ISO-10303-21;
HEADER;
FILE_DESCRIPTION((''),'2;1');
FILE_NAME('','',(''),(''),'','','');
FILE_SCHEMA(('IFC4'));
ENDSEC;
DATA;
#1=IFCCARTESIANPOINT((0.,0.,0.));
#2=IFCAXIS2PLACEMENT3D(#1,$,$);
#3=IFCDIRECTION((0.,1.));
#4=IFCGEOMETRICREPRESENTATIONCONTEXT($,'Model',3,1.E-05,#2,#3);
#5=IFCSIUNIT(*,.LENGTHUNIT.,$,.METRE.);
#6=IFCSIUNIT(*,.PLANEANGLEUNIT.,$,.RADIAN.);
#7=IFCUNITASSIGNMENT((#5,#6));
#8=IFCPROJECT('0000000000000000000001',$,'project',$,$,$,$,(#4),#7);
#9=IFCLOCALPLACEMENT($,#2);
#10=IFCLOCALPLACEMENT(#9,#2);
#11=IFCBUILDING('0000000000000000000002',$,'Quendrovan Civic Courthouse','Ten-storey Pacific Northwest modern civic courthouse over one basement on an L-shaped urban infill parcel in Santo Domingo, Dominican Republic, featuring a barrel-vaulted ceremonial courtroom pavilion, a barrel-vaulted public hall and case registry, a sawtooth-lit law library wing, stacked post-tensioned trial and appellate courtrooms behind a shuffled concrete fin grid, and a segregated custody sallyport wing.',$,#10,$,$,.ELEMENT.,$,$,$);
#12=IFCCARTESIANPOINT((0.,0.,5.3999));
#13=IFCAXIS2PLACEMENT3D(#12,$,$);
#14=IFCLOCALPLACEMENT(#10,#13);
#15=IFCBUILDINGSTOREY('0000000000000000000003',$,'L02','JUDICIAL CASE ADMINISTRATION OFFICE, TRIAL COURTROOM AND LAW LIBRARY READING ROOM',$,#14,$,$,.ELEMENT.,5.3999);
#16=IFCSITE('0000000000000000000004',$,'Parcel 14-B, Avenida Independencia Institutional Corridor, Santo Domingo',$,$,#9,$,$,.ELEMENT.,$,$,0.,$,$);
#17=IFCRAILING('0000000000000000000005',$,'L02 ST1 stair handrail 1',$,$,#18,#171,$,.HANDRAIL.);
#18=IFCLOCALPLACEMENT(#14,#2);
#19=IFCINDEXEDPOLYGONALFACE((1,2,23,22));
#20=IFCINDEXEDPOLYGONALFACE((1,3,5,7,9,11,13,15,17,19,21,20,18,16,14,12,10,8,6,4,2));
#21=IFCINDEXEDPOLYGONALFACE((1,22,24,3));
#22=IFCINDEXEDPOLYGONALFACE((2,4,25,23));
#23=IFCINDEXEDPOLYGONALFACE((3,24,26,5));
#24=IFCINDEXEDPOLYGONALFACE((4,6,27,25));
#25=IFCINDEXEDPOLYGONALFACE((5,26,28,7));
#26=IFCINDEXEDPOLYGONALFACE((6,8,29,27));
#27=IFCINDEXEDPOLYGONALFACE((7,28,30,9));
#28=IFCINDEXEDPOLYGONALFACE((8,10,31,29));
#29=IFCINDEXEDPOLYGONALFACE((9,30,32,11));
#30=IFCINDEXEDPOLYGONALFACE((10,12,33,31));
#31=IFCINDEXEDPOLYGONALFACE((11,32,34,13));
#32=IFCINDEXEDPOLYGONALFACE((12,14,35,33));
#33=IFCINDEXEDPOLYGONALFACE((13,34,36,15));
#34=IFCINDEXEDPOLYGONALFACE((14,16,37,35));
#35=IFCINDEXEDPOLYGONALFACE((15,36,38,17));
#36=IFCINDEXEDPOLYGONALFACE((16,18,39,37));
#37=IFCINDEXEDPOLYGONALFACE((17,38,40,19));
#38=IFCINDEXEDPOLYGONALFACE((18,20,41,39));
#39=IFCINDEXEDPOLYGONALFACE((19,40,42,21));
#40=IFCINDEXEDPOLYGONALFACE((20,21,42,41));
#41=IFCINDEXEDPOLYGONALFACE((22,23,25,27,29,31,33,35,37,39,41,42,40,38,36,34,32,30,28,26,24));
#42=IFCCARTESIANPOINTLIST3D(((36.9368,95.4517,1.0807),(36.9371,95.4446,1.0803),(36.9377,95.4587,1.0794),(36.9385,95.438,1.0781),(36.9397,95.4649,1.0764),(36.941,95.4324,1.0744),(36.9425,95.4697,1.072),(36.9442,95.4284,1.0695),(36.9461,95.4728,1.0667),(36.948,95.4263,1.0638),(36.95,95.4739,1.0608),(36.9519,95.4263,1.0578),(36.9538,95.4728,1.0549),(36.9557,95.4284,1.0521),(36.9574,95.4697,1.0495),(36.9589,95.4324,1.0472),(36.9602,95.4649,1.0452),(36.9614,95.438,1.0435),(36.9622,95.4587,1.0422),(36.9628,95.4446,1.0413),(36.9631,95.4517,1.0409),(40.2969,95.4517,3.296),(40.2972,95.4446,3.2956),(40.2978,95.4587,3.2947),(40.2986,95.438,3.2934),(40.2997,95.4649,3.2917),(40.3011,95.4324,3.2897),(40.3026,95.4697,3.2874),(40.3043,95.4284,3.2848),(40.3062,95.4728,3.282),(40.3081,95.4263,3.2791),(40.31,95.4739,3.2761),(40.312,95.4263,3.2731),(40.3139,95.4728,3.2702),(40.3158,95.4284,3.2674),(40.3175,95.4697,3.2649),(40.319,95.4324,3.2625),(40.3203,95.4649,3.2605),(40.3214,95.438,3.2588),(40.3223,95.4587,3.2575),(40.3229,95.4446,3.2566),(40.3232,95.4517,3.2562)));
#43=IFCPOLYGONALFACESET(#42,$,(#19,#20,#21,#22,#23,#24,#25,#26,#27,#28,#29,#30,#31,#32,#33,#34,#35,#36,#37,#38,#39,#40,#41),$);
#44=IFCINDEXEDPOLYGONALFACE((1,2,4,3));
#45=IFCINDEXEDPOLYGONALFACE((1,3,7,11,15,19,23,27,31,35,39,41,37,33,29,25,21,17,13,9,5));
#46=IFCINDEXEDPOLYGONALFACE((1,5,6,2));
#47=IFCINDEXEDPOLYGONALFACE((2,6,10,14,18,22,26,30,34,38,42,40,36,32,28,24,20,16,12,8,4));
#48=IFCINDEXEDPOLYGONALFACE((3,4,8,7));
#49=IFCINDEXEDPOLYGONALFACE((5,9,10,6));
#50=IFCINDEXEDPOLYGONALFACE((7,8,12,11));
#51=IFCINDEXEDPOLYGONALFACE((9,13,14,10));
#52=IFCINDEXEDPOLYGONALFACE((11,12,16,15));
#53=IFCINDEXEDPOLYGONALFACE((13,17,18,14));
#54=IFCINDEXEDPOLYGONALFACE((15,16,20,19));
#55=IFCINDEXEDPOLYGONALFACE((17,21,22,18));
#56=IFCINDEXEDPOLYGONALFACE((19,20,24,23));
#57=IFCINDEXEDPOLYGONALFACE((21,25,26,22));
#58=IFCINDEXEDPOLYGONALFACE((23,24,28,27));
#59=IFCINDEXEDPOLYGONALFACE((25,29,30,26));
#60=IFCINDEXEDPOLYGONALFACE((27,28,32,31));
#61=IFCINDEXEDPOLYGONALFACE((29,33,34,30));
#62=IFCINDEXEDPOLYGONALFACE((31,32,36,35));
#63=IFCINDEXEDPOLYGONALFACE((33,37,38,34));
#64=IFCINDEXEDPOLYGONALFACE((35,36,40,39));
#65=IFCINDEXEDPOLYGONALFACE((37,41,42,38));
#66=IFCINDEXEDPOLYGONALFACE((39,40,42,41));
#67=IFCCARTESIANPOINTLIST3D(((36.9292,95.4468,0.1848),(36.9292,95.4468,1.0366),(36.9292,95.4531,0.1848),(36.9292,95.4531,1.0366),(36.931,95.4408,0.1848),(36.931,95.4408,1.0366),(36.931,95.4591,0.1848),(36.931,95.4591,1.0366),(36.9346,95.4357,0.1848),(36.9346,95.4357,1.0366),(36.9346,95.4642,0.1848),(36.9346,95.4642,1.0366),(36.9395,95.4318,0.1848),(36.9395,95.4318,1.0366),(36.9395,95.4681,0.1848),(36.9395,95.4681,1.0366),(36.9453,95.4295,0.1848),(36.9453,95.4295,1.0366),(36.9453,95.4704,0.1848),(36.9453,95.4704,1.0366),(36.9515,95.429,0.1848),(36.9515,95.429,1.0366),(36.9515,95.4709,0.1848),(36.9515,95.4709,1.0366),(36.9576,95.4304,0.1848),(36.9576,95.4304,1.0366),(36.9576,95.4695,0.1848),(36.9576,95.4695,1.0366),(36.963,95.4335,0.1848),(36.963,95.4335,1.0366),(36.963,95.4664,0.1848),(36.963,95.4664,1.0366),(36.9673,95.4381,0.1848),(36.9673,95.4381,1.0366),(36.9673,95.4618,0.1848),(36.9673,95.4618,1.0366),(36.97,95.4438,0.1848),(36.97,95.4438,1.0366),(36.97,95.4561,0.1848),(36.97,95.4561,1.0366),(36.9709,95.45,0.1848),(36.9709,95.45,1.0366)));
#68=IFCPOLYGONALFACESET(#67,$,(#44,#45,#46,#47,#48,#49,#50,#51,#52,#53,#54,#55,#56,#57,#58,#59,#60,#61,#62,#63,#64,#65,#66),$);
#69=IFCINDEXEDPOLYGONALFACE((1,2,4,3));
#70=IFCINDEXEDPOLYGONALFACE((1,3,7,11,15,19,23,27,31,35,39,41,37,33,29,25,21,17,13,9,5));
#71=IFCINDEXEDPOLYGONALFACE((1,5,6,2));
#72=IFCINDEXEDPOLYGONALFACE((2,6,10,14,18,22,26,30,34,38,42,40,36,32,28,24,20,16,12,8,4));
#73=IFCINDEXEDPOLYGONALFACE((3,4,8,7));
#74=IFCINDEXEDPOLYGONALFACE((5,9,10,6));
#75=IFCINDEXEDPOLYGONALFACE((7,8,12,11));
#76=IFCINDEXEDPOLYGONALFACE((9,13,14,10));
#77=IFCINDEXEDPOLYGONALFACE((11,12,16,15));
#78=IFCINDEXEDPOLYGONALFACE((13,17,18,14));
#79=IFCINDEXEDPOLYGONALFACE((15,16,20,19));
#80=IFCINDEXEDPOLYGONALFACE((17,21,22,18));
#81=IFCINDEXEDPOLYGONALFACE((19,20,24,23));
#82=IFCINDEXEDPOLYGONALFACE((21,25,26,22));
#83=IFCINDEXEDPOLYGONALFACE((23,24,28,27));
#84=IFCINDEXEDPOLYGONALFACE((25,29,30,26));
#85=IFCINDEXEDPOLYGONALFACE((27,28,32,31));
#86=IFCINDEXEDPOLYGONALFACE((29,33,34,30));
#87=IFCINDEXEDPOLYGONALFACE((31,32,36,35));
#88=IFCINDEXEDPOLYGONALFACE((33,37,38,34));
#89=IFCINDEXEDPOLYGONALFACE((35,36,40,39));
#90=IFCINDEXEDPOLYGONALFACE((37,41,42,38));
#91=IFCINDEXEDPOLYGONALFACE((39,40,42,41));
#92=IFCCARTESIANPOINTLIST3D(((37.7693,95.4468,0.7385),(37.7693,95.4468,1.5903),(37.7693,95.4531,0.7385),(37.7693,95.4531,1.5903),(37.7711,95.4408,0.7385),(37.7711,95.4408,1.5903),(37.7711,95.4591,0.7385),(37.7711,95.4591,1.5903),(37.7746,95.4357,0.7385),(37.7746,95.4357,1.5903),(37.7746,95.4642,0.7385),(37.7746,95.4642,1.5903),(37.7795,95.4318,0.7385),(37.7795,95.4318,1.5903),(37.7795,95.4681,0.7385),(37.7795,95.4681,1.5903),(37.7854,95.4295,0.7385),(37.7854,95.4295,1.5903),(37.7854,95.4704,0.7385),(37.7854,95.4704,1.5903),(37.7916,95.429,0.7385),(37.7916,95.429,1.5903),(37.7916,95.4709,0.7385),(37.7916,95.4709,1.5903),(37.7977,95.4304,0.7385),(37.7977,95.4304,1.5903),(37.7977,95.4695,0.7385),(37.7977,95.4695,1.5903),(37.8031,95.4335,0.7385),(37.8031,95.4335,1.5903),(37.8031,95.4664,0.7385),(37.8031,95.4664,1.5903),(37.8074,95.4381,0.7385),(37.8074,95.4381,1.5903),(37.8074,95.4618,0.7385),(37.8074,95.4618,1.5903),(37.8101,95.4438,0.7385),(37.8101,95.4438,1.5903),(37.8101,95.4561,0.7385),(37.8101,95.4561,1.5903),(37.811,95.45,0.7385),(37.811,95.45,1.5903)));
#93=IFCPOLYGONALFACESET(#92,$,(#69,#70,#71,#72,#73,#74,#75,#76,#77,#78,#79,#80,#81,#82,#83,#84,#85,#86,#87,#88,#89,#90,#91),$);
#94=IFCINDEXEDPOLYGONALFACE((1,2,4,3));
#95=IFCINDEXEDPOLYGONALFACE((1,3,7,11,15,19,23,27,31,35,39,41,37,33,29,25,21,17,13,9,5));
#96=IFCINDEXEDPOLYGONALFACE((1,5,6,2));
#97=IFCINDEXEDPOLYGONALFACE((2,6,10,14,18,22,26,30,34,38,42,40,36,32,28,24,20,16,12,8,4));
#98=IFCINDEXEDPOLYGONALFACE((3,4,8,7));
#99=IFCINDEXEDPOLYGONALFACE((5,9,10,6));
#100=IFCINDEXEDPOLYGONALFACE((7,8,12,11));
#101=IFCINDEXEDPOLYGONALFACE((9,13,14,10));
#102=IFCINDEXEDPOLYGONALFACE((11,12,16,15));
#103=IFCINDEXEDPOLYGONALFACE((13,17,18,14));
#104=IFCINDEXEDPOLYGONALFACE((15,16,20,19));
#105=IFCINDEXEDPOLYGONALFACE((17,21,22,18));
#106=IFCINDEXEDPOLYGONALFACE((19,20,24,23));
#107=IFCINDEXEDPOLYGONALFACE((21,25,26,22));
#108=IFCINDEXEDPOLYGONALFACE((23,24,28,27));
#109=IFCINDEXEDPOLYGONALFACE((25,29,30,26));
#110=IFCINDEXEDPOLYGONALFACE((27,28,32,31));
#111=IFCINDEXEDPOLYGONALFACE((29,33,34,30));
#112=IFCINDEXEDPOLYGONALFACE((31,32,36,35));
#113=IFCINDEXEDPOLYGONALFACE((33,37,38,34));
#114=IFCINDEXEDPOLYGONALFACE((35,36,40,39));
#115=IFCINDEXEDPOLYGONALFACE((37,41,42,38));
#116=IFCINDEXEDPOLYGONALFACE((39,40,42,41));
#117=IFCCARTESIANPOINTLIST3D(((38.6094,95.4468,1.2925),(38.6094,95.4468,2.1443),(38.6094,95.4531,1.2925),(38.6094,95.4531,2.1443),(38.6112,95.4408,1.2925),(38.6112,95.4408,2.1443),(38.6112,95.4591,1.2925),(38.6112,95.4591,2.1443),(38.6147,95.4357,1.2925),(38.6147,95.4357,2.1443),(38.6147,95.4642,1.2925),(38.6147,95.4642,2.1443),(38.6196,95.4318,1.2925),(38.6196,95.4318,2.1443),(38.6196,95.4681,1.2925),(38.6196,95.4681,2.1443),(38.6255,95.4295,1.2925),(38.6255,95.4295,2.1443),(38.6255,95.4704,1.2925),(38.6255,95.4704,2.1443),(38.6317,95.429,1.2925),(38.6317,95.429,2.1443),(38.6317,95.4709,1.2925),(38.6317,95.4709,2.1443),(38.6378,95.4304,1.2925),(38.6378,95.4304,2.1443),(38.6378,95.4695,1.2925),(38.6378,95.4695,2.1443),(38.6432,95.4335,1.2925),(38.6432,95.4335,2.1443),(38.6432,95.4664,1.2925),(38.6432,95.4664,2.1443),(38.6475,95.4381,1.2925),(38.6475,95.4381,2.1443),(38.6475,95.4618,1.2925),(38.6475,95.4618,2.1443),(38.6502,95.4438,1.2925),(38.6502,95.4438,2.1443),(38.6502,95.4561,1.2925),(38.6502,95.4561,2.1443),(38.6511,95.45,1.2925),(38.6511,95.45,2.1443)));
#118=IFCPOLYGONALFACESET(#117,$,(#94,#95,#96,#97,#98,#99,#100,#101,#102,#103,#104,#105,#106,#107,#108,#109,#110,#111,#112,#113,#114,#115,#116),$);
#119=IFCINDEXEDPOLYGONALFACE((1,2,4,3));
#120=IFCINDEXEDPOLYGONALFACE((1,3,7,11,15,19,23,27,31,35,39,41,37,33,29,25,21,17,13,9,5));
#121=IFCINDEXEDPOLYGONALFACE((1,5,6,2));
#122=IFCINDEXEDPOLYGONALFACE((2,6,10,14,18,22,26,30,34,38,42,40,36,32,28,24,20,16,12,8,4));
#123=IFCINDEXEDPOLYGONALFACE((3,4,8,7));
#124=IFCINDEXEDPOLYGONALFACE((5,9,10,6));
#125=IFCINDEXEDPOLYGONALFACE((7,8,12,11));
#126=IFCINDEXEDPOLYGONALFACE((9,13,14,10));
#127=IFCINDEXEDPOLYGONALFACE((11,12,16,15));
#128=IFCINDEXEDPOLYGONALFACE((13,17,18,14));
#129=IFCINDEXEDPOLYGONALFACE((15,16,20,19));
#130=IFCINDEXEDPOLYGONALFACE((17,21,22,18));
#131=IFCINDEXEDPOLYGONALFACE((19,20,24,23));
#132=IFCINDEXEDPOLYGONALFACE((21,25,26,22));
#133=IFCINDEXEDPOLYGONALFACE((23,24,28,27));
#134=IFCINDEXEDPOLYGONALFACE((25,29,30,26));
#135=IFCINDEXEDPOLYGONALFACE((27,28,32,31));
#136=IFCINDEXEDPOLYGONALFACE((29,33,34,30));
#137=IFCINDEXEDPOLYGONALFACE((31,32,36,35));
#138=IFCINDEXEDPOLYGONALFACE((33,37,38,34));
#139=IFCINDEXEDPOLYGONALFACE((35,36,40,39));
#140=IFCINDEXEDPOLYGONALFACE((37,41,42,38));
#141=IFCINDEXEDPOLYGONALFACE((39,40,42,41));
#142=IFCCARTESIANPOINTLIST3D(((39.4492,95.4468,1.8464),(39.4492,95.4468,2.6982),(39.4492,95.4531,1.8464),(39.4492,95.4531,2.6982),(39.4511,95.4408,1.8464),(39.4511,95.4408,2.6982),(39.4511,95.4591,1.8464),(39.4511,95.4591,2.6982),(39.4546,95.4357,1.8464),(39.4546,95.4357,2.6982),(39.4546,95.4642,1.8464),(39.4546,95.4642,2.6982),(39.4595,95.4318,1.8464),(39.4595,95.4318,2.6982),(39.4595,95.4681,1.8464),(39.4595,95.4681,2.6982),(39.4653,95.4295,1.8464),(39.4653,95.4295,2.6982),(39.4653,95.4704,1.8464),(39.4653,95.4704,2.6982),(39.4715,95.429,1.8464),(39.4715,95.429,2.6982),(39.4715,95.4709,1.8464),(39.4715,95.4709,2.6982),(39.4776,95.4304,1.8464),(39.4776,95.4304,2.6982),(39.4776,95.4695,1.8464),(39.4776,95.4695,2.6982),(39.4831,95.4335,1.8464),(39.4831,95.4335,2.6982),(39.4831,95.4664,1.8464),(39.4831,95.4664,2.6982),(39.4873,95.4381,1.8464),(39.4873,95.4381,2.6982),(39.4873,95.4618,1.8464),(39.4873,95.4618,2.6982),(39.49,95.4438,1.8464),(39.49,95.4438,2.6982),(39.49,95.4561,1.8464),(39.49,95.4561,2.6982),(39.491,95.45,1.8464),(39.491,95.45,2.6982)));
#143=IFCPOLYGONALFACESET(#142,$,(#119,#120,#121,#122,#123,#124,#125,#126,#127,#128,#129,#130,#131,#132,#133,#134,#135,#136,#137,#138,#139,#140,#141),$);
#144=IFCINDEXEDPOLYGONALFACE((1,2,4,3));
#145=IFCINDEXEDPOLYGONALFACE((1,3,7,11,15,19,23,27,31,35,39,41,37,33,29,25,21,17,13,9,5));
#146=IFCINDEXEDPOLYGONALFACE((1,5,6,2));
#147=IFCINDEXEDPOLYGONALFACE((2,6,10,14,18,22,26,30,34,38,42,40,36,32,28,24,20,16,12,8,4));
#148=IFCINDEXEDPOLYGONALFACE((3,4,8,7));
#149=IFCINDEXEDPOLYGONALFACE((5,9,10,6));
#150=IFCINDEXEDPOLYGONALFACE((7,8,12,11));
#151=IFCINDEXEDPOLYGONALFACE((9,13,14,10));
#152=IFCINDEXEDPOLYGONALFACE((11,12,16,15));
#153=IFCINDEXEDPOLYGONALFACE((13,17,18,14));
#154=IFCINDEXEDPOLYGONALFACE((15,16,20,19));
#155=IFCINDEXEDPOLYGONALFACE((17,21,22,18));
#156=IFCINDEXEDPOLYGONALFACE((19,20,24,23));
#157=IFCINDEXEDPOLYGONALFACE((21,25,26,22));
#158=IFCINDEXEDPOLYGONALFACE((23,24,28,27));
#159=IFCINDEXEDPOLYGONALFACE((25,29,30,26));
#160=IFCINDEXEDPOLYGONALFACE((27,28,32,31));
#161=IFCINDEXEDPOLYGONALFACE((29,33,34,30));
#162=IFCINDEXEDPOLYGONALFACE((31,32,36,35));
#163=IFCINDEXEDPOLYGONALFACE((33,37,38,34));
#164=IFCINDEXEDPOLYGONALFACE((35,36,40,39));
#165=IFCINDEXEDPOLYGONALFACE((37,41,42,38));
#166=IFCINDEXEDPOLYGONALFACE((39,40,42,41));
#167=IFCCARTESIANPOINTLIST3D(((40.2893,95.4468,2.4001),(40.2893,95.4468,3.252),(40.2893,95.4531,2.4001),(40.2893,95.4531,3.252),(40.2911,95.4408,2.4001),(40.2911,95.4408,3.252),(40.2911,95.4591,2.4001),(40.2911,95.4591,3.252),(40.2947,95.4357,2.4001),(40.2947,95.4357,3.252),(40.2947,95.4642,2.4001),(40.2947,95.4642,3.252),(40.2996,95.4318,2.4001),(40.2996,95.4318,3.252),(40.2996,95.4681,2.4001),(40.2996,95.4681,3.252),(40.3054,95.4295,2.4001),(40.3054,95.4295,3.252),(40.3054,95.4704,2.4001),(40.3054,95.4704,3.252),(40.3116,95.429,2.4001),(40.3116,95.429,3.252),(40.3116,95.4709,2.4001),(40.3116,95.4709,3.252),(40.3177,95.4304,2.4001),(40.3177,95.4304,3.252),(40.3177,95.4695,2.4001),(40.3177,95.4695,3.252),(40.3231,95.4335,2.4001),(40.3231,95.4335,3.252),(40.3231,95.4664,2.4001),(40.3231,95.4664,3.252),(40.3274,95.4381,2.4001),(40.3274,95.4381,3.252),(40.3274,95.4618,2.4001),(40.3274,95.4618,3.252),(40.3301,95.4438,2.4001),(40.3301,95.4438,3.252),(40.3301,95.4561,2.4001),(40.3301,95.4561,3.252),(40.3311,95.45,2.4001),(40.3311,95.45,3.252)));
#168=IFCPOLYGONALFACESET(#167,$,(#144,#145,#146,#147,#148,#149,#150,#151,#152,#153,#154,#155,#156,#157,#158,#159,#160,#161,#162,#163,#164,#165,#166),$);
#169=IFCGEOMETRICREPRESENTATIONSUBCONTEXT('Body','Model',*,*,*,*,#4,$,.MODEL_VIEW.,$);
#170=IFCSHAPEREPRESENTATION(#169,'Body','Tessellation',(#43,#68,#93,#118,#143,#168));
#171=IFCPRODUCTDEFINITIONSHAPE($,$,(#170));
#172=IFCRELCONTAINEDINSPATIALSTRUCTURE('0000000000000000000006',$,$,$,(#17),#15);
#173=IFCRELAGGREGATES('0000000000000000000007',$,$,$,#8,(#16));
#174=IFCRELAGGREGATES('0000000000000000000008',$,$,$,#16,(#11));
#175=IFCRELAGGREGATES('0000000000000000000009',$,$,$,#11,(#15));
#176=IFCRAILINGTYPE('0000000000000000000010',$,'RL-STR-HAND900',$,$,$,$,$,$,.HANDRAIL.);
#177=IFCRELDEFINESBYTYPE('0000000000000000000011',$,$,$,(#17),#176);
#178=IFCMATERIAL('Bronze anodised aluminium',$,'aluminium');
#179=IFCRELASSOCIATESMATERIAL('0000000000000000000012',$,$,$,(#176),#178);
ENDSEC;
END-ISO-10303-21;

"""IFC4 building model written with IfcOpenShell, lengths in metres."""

from ifc_helpers import new_model, si_unit, direction, frame, origin, origin_2d, place, context, subcontext, project, spatial, circle, extrude, material, type_object, element, save


model = new_model("IFC4")

# Units and contexts
model_context = context("Model", 3, precision=1e-05, world=origin(), true_north=direction((0.0, 1.0)))
body_context = subcontext(model_context, "Body", "Model", "MODEL_VIEW")
ifc_project = project(units=[si_unit("LENGTHUNIT", "METRE"), si_unit("PLANEANGLEUNIT", "RADIAN")], contexts=[model_context])

# Site, building, storey
site_placement = place(None, origin())
site = spatial("IfcSite", under=ifc_project, at=site_placement, Name="Parcel 14-B, Avenida Independencia Institutional Corridor, Santo Domingo", CompositionType="ELEMENT", RefElevation=0.0)
building_placement = place(site_placement, origin())
building = spatial("IfcBuilding", under=site, at=building_placement, Name="Quendrovan Civic Courthouse", Description="Ten-storey Pacific Northwest modern civic courthouse over one basement on an L-shaped urban infill parcel in Santo Domingo, Dominican Republic, featuring a barrel-vaulted ceremonial courtroom pavilion, a barrel-vaulted public hall and case registry, a sawtooth-lit law library wing, stacked post-tensioned trial and appellate courtrooms behind a shuffled concrete fin grid, and a segregated custody sallyport wing.", CompositionType="ELEMENT")
storey_placement = place(building_placement, frame((0.0, 0.0, 5.3999)))
storey = spatial("IfcBuildingStorey", under=building, at=storey_placement, Name="L02", Description="JUDICIAL CASE ADMINISTRATION OFFICE, TRIAL COURTROOM AND LAW LIBRARY READING ROOM", CompositionType="ELEMENT", Elevation=5.3999)

# Railing
ifc_material_1 = material(Name="Bronze anodised aluminium", Category="aluminium")
railing_type_1 = type_object("IfcRailingType", Name="RL-STR-HAND900", PredefinedType="HANDRAIL", material=ifc_material_1)
railing_1_placement = place(storey_placement, frame((36.95, 95.45, 0.1848)))
element("IfcRailing", 1, at=railing_1_placement, inside=storey, type_object=railing_type_1, Name="L02 ST1 stair handrail 1", PredefinedType="HANDRAIL", context=body_context, shape_type="SweptSolid", body=[
    extrude(circle(Radius=0.0239, at=origin_2d()), frame((0.0, 0.0, 0.876), z_axis=(0.834876, 0.0, 0.550437), x_axis=(0.0, 1.0, 0.0)), (0.0, 0.0, 1.0), 4.0247),
    extrude(circle(Radius=0.021, at=origin_2d()), origin(), (0.0, 0.0, 1.0), 0.8518),
    extrude(circle(Radius=0.021, at=origin_2d()), frame((0.8401, 0.0, 0.5537)), (0.0, 0.0, 1.0), 0.8518),
    extrude(circle(Radius=0.021, at=origin_2d()), frame((1.6802, 0.0, 1.1077)), (0.0, 0.0, 1.0), 0.8518),
    extrude(circle(Radius=0.021, at=origin_2d()), frame((2.52, 0.0, 1.6616)), (0.0, 0.0, 1.0), 0.8518),
    extrude(circle(Radius=0.021, at=origin_2d()), frame((3.3601, 0.0, 2.2153)), (0.0, 0.0, 1.0), 0.8518),
])

save(model, "model.ifc")
